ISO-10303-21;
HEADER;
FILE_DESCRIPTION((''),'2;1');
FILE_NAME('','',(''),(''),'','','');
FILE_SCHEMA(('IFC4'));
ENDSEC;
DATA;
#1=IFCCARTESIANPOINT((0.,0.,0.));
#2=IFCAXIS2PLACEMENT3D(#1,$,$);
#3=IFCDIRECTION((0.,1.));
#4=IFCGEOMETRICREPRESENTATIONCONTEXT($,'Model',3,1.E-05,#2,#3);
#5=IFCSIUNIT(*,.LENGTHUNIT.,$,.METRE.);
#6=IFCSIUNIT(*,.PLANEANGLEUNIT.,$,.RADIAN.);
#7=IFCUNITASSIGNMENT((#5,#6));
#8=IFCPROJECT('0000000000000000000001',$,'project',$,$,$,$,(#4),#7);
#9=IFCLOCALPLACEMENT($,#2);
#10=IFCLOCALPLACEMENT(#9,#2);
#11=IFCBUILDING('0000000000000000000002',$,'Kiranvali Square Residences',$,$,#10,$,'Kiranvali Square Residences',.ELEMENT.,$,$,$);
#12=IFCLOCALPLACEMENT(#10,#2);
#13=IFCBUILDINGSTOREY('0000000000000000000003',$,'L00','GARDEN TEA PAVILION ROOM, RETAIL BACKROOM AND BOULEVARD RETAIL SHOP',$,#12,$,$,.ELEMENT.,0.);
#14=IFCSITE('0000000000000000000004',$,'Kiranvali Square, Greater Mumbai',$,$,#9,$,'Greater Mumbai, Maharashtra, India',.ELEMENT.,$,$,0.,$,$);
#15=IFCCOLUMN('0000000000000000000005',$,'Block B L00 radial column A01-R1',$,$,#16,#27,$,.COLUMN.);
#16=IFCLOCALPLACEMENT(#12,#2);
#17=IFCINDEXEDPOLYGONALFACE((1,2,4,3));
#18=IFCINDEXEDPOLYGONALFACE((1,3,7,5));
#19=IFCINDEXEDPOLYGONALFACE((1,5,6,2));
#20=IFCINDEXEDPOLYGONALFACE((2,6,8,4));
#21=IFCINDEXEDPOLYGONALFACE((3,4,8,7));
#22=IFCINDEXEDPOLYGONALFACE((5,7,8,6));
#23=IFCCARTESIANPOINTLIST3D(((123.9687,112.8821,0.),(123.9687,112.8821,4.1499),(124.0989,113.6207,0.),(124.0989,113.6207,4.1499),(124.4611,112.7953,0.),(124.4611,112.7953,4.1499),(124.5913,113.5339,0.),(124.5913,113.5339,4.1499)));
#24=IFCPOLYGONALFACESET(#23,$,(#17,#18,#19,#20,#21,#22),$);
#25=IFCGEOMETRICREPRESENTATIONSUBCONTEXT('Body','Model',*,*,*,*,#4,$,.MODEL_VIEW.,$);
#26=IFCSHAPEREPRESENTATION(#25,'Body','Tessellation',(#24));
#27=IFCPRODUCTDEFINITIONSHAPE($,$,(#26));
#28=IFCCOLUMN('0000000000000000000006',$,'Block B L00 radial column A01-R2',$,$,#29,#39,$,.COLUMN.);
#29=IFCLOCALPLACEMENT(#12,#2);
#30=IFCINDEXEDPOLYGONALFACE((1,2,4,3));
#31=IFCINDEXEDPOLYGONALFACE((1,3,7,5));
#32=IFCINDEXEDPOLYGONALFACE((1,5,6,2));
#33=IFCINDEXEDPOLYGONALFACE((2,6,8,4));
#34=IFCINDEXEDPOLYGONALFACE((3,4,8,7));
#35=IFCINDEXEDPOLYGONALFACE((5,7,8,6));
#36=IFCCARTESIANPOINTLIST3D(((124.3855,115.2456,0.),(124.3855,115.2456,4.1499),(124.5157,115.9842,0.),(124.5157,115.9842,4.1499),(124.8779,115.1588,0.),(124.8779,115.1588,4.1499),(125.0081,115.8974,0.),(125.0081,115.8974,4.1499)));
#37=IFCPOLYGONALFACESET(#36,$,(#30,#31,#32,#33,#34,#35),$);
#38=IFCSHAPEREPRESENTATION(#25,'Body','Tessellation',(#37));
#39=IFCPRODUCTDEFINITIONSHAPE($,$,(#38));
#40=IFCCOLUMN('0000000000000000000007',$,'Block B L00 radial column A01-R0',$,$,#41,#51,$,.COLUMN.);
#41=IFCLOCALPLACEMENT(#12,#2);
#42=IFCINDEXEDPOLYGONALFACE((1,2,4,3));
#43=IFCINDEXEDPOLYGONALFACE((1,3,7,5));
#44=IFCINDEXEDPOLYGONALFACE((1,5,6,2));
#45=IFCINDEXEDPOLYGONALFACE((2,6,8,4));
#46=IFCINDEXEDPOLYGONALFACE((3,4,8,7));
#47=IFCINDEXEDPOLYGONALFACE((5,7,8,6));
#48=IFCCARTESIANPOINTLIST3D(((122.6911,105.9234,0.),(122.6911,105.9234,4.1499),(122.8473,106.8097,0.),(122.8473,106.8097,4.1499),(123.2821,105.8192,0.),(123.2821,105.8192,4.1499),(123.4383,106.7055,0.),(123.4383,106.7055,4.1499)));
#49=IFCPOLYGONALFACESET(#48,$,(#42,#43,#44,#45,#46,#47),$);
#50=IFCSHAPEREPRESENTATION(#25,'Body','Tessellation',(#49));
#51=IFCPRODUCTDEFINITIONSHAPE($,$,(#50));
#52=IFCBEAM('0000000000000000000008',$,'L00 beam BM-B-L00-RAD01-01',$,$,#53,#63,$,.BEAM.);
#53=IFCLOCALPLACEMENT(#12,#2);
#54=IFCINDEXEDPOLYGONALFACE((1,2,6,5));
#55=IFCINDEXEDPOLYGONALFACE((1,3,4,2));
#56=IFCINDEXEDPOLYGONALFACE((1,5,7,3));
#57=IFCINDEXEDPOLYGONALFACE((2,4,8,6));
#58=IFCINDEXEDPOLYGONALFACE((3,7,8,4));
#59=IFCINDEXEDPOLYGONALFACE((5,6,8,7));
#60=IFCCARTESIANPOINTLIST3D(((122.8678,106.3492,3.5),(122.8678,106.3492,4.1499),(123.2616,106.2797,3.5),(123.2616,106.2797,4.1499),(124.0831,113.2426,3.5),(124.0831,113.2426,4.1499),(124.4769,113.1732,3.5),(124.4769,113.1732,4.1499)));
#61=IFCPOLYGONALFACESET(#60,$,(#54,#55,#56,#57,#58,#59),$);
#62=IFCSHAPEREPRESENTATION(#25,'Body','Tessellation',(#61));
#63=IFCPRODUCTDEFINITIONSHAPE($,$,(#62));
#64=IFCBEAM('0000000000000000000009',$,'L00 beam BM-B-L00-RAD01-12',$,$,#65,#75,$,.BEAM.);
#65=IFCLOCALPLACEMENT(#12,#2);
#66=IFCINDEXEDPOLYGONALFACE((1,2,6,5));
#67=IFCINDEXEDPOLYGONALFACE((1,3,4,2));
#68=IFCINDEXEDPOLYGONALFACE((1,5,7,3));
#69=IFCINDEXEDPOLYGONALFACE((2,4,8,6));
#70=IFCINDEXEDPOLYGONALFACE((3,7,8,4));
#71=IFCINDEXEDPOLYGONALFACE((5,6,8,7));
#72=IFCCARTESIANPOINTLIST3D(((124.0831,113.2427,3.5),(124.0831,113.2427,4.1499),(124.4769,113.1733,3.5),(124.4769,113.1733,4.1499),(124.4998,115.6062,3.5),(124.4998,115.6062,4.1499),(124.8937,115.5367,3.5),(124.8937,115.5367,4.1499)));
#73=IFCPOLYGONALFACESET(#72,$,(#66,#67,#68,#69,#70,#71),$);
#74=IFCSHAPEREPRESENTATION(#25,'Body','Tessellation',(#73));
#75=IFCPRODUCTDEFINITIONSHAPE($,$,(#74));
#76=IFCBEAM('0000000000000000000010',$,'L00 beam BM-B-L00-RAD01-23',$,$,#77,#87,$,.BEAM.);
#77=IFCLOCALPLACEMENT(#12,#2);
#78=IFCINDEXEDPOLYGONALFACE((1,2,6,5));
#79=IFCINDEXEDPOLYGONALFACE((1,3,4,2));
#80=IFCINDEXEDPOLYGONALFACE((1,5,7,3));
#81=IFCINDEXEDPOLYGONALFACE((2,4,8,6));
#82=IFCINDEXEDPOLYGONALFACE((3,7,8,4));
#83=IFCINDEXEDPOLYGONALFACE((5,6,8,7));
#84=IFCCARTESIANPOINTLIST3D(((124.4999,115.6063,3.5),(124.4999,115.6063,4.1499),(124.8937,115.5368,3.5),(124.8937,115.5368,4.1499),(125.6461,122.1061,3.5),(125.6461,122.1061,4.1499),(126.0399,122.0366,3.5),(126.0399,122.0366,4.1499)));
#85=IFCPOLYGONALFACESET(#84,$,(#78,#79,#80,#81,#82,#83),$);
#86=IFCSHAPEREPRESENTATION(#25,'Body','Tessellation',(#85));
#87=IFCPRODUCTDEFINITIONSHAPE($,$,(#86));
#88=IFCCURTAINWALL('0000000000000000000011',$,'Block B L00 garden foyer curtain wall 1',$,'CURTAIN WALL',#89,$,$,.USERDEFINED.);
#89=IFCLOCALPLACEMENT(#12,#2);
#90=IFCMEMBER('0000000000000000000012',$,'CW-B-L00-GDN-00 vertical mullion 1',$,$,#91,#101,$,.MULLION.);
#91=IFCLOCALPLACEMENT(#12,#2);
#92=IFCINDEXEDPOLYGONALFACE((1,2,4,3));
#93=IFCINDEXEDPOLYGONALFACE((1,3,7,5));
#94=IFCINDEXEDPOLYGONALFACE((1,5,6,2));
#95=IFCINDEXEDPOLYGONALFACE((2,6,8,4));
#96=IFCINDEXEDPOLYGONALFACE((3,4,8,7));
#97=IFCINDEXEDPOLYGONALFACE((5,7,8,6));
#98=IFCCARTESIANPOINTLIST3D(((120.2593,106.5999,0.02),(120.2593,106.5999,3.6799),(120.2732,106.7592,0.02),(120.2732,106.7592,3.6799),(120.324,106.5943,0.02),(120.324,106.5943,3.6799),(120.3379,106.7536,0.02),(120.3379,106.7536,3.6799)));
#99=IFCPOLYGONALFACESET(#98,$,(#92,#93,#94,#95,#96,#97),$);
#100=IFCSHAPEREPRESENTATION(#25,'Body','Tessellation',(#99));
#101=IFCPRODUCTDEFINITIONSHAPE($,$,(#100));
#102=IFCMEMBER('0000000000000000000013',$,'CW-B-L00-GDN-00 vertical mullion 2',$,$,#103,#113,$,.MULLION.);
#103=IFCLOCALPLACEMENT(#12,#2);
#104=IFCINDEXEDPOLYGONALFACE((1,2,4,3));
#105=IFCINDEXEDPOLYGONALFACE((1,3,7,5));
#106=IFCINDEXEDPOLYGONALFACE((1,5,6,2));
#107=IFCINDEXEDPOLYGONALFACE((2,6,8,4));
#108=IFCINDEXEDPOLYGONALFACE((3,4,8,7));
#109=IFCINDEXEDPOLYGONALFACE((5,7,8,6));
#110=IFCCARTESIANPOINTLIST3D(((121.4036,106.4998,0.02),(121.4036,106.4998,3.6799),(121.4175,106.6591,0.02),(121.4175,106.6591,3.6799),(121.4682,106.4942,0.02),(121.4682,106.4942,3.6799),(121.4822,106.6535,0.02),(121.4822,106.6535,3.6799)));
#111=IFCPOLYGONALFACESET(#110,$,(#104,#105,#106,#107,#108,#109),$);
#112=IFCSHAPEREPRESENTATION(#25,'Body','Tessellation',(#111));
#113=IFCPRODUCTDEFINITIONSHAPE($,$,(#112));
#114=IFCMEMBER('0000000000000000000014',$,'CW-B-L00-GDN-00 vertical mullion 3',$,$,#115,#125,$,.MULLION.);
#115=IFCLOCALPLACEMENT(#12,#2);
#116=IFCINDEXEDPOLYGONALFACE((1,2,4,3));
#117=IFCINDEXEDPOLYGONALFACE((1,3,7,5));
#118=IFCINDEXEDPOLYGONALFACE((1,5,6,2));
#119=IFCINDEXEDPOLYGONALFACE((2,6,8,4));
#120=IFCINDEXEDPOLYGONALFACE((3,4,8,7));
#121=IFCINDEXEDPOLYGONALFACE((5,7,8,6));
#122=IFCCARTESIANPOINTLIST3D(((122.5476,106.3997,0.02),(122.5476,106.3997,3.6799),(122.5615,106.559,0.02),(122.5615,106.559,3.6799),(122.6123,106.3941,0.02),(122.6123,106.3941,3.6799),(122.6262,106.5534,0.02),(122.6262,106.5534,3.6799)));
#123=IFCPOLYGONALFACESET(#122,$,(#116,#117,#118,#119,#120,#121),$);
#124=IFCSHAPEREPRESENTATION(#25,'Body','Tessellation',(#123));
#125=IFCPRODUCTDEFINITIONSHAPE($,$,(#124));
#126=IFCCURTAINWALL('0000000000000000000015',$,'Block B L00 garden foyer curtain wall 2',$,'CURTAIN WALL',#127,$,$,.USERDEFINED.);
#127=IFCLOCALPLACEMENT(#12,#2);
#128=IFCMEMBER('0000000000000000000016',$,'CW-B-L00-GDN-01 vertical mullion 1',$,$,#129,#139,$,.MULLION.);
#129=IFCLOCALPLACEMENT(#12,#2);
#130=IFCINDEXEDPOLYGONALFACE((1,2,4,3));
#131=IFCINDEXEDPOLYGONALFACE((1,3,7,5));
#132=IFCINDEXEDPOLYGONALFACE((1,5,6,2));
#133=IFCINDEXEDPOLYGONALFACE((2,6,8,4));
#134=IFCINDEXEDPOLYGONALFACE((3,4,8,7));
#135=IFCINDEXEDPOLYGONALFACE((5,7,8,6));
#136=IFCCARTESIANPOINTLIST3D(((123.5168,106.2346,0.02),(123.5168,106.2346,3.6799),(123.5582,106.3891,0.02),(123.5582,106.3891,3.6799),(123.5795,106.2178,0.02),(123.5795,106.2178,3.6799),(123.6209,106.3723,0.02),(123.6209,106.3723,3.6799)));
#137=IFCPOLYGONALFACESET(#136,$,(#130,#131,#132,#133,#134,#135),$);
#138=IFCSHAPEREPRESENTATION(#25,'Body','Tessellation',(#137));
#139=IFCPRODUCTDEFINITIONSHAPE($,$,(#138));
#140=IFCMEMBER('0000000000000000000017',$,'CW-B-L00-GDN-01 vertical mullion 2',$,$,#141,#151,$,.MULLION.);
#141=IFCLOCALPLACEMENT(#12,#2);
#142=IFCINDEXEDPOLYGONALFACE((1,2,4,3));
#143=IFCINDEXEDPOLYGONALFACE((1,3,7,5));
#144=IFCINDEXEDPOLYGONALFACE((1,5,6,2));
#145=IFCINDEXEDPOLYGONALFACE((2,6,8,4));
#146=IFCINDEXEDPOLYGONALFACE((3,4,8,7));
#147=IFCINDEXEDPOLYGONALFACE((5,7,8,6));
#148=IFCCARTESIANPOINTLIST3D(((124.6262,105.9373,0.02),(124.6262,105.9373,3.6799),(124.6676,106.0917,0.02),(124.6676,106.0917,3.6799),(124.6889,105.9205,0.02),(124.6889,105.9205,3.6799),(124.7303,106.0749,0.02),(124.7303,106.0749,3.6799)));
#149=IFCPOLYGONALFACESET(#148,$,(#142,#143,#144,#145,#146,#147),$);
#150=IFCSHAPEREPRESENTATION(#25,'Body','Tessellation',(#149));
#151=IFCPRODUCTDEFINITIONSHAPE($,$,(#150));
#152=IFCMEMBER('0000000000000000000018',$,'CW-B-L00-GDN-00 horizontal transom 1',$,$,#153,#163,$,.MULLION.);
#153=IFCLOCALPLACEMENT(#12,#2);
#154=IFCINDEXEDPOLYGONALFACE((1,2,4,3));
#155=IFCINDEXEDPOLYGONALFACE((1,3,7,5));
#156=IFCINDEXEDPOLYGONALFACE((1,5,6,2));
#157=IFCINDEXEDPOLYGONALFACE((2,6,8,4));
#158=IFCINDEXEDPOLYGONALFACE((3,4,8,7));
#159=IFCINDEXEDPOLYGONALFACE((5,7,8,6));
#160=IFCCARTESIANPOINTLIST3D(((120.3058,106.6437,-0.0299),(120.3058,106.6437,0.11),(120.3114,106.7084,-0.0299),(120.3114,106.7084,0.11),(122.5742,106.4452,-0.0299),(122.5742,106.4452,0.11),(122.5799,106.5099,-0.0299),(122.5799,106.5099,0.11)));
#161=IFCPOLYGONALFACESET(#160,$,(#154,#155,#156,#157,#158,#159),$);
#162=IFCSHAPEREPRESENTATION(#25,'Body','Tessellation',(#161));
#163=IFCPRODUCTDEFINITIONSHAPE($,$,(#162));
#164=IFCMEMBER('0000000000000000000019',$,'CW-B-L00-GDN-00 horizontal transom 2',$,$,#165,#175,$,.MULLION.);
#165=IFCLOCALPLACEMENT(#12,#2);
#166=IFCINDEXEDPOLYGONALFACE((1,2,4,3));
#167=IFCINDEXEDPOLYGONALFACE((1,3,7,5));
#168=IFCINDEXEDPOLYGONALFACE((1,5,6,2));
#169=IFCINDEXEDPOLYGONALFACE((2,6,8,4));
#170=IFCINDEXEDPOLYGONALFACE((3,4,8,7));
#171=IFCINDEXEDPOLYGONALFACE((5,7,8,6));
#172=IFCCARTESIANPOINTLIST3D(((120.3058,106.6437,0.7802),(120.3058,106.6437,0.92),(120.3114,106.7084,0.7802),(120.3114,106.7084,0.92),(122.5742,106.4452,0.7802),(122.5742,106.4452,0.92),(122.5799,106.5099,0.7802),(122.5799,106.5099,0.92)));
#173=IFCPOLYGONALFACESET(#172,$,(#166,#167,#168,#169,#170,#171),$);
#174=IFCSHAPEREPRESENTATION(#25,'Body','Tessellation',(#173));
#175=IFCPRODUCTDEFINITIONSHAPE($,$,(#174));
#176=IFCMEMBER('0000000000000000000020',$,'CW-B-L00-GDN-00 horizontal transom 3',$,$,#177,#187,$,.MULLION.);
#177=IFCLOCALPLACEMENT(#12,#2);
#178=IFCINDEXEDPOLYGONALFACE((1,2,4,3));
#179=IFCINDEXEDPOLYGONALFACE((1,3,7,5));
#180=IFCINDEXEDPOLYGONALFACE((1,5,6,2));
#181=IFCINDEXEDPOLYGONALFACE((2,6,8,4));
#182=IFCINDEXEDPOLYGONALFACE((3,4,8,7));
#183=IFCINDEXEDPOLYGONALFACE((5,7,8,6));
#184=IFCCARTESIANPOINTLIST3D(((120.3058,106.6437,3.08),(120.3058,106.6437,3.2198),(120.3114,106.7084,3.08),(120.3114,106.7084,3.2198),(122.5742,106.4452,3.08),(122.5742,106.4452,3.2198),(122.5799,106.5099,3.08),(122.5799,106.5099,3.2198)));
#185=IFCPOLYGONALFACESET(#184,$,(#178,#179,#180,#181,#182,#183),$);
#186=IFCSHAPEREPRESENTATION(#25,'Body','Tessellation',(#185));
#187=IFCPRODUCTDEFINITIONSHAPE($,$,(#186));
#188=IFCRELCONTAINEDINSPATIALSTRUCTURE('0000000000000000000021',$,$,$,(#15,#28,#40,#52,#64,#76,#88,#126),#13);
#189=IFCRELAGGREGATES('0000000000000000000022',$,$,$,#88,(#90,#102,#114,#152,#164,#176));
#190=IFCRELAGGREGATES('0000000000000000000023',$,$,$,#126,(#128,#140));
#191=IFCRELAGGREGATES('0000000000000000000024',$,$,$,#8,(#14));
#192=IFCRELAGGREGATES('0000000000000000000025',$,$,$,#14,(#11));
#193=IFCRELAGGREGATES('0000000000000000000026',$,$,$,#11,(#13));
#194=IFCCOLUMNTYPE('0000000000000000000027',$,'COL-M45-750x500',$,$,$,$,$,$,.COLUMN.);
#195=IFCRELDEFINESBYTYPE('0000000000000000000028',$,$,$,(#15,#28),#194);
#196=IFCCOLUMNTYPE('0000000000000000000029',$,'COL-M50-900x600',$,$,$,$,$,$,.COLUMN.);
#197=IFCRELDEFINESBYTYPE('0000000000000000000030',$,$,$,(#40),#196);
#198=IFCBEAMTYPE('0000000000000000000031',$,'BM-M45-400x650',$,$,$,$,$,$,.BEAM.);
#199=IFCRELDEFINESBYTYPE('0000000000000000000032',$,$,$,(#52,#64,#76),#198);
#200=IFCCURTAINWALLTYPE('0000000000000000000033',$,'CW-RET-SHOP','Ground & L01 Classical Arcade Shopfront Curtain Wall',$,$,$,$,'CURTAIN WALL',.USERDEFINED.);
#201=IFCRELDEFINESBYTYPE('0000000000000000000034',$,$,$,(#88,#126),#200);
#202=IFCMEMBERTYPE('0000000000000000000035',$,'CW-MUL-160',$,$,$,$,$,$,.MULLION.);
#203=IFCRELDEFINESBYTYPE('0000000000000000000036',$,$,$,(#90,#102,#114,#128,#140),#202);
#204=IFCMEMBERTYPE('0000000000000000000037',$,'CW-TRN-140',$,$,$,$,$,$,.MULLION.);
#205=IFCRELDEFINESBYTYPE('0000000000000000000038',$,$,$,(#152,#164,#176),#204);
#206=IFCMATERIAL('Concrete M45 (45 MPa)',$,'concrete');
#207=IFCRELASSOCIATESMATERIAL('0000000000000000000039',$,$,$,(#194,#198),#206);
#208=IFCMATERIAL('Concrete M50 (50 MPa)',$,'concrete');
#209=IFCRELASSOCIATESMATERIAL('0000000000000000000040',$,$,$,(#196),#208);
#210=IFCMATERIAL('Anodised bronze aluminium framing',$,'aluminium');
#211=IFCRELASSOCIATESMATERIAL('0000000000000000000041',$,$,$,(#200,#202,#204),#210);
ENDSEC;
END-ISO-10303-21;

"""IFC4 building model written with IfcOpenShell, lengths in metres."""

from ifc_helpers import new_model, si_unit, direction, frame, origin, origin_2d, place, context, subcontext, project, spatial, rectangle, extrude, material, material_profile, profile_set, type_object, element, aggregate, save


model = new_model("IFC4")

# Units and contexts
model_context = context("Model", 3, precision=1e-05, world=origin(), true_north=direction((0.0, 1.0)))
body_context = subcontext(model_context, "Body", "Model", "MODEL_VIEW")
ifc_project = project(units=[si_unit("LENGTHUNIT", "METRE"), si_unit("PLANEANGLEUNIT", "RADIAN")], contexts=[model_context])

# Site, building, storey
site_placement = place(None, origin())
site = spatial("IfcSite", under=ifc_project, at=site_placement, Name="Kiranvali Square, Greater Mumbai", LongName="Greater Mumbai, Maharashtra, India", CompositionType="ELEMENT", RefElevation=0.0)
building_placement = place(site_placement, origin())
building = spatial("IfcBuilding", under=site, at=building_placement, Name="Kiranvali Square Residences", LongName="Kiranvali Square Residences", CompositionType="ELEMENT")
storey_placement = place(building_placement, origin())
storey = spatial("IfcBuildingStorey", under=building, at=storey_placement, Name="L00", Description="GARDEN TEA PAVILION ROOM, RETAIL BACKROOM AND BOULEVARD RETAIL SHOP", CompositionType="ELEMENT", Elevation=0.0)

# Columns
ifc_material_1 = material(Name="Concrete M45 (45 MPa)", Category="concrete")
ifc_material_profile_1 = material_profile(ifc_material_1, rectangle(XDim=0.5, YDim=0.75, at=origin_2d()), Name="RC 750x500")
ifc_profile_set_1 = profile_set([ifc_material_profile_1], Name="Concrete M45 (45 MPa)")
column_type_1 = type_object("IfcColumnType", Name="COL-M45-750x500", PredefinedType="COLUMN", material=ifc_profile_set_1)
for number, where, z_axis, x_axis, name in (
    (1, (124.28, 113.208, 0.0), (0.0, 0.0, 1.0), (-0.984808, 0.173648, 0.0), "Block B L00 radial column A01-R1"),
    (2, (124.6968, 115.5715, 0.0), (0.0, 0.0, 1.0), (-0.984808, 0.173648, 0.0), "Block B L00 radial column A01-R2"),
):
    element("IfcColumn", number, at=place(storey_placement, frame(where, z_axis=z_axis, x_axis=x_axis)), inside=storey, type_object=column_type_1, Name=name, PredefinedType="COLUMN", context=body_context, shape_type="SweptSolid", body=[
        extrude(rectangle(XDim=0.5, YDim=0.75, at=origin_2d()), origin(), (0.0, 0.0, 1.0), 4.1499),
    ])
ifc_material_2 = material(Name="Concrete M50 (50 MPa)", Category="concrete")
ifc_material_profile_2 = material_profile(ifc_material_2, rectangle(XDim=0.6001, YDim=0.8999, at=origin_2d()), Name="RC 900x600")
ifc_profile_set_2 = profile_set([ifc_material_profile_2], Name="Concrete M50 (50 MPa)")
column_type_2 = type_object("IfcColumnType", Name="COL-M50-900x600", PredefinedType="COLUMN", material=ifc_profile_set_2)
column_placement = place(storey_placement, frame((123.0647, 106.3145, 0.0), z_axis=(0.0, 0.0, 1.0), x_axis=(-0.984808, 0.173648, 0.0)))
element("IfcColumn", 3, at=column_placement, inside=storey, type_object=column_type_2, Name="Block B L00 radial column A01-R0", PredefinedType="COLUMN", context=body_context, shape_type="SweptSolid", body=[
    extrude(rectangle(XDim=0.6001, YDim=0.8999, at=origin_2d()), origin(), (0.0, 0.0, 1.0), 4.1499),
])

# Beams
ifc_material_profile_3 = material_profile(ifc_material_1, rectangle(XDim=0.3999, YDim=0.6499, at=origin_2d()), Name="RC 400x650")
ifc_profile_set_3 = profile_set([ifc_material_profile_3], Name="Concrete M45 (45 MPa)")
beam_type_1 = type_object("IfcBeamType", Name="BM-M45-400x650", PredefinedType="BEAM", material=ifc_profile_set_3)
beam_1_placement = place(storey_placement, frame((123.0647, 106.3145, 3.825), z_axis=(0.173622, 0.984812, 0.0), x_axis=(-0.984812, 0.173622, 0.0)))
element("IfcBeam", 4, at=beam_1_placement, inside=storey, type_object=beam_type_1, Name="L00 beam BM-B-L00-RAD01-01", PredefinedType="BEAM", context=body_context, shape_type="SweptSolid", body=[
    extrude(rectangle(XDim=0.3999, YDim=0.6499, at=origin_2d()), origin(), (0.0, 0.0, 1.0), 6.9998),
])
beam_2_placement = place(storey_placement, frame((124.28, 113.208, 3.825), z_axis=(0.173646, 0.984808, 0.0), x_axis=(-0.984808, 0.173646, 0.0)))
element("IfcBeam", 5, at=beam_2_placement, inside=storey, type_object=beam_type_1, Name="L00 beam BM-B-L00-RAD01-12", PredefinedType="BEAM", context=body_context, shape_type="SweptSolid", body=[
    extrude(rectangle(XDim=0.3999, YDim=0.6499, at=origin_2d()), origin(), (0.0, 0.0, 1.0), 2.3999),
])
beam_3_placement = place(storey_placement, frame((124.6968, 115.5715, 3.825), z_axis=(0.173671, 0.984804, 0.0), x_axis=(-0.984804, 0.173671, 0.0)))
element("IfcBeam", 6, at=beam_3_placement, inside=storey, type_object=beam_type_1, Name="L00 beam BM-B-L00-RAD01-23", PredefinedType="BEAM", context=body_context, shape_type="SweptSolid", body=[
    extrude(rectangle(XDim=0.3999, YDim=0.6499, at=origin_2d()), origin(), (0.0, 0.0, 1.0), 6.6001),
])

# Curtain walls, members
ifc_material_3 = material(Name="Anodised bronze aluminium framing", Category="aluminium")
curtain_wall_type = type_object("IfcCurtainWallType", Name="CW-RET-SHOP", Description="Ground & L01 Classical Arcade Shopfront Curtain Wall", ElementType="CURTAIN WALL", PredefinedType="USERDEFINED", material=ifc_material_3)
curtain_wall_1_placement = place(storey_placement, origin())
curtain_wall_1 = element("IfcCurtainWall", 7, at=curtain_wall_1_placement, inside=storey, type_object=curtain_wall_type, Name="Block B L00 garden foyer curtain wall 1", ObjectType="CURTAIN WALL", PredefinedType="USERDEFINED")
ifc_material_profile_4 = material_profile(ifc_material_3, rectangle(XDim=0.0649, YDim=0.1599, at=origin_2d()), Name="ALU 65x160")
ifc_profile_set_4 = profile_set([ifc_material_profile_4], Name="Anodised bronze aluminium framing")
member_type_1 = type_object("IfcMemberType", Name="CW-MUL-160", PredefinedType="MULLION", material=ifc_profile_set_4)
member_1_placement = place(storey_placement, frame((120.2986, 106.6768, 0.02), z_axis=(0.0, 0.0, 1.0), x_axis=(0.996195, -0.087156, 0.0)))
member_1 = element("IfcMember", 8, at=member_1_placement, type_object=member_type_1, Name="CW-B-L00-GDN-00 vertical mullion 1", PredefinedType="MULLION", context=body_context, shape_type="SweptSolid", body=[
    extrude(rectangle(XDim=0.0649, YDim=0.1599, at=origin_2d()), origin(), (0.0, 0.0, 1.0), 3.6599),
])
member_2_placement = place(storey_placement, frame((121.4429, 106.5767, 0.02), z_axis=(0.0, 0.0, 1.0), x_axis=(0.996195, -0.087156, 0.0)))
member_2 = element("IfcMember", 9, at=member_2_placement, type_object=member_type_1, Name="CW-B-L00-GDN-00 vertical mullion 2", PredefinedType="MULLION", context=body_context, shape_type="SweptSolid", body=[
    extrude(rectangle(XDim=0.0649, YDim=0.1599, at=origin_2d()), origin(), (0.0, 0.0, 1.0), 3.6599),
])
member_3_placement = place(storey_placement, frame((122.5869, 106.4766, 0.02), z_axis=(0.0, 0.0, 1.0), x_axis=(0.996195, -0.087156, 0.0)))
member_3 = element("IfcMember", 10, at=member_3_placement, type_object=member_type_1, Name="CW-B-L00-GDN-00 vertical mullion 3", PredefinedType="MULLION", context=body_context, shape_type="SweptSolid", body=[
    extrude(rectangle(XDim=0.0649, YDim=0.1599, at=origin_2d()), origin(), (0.0, 0.0, 1.0), 3.6599),
])
curtain_wall_2_placement = place(storey_placement, origin())
curtain_wall_2 = element("IfcCurtainWall", 11, at=curtain_wall_2_placement, inside=storey, type_object=curtain_wall_type, Name="Block B L00 garden foyer curtain wall 2", ObjectType="CURTAIN WALL", PredefinedType="USERDEFINED")
member_4_placement = place(storey_placement, frame((123.5688, 106.3035, 0.02), z_axis=(0.0, 0.0, 1.0), x_axis=(0.965926, -0.258819, 0.0)))
member_4 = element("IfcMember", 12, at=member_4_placement, type_object=member_type_1, Name="CW-B-L00-GDN-01 vertical mullion 1", PredefinedType="MULLION", context=body_context, shape_type="SweptSolid", body=[
    extrude(rectangle(XDim=0.0649, YDim=0.1599, at=origin_2d()), origin(), (0.0, 0.0, 1.0), 3.6599),
])
member_5_placement = place(storey_placement, frame((124.6782, 106.0061, 0.02), z_axis=(0.0, 0.0, 1.0), x_axis=(0.965926, -0.258819, 0.0)))
member_5 = element("IfcMember", 13, at=member_5_placement, type_object=member_type_1, Name="CW-B-L00-GDN-01 vertical mullion 2", PredefinedType="MULLION", context=body_context, shape_type="SweptSolid", body=[
    extrude(rectangle(XDim=0.0649, YDim=0.1599, at=origin_2d()), origin(), (0.0, 0.0, 1.0), 3.6599),
])

# Members
ifc_material_profile_5 = material_profile(ifc_material_3, rectangle(XDim=0.0649, YDim=0.1399, at=origin_2d()), Name="ALU 65x140")
ifc_profile_set_5 = profile_set([ifc_material_profile_5], Name="Anodised bronze aluminium framing")
member_type_2 = type_object("IfcMemberType", Name="CW-TRN-140", PredefinedType="MULLION", material=ifc_profile_set_5)
member_6_placement = place(storey_placement, frame((120.3086, 106.676, 0.04), z_axis=(0.996193, -0.087171, 0.0), x_axis=(0.087171, 0.996193, 0.0)))
member_6 = element("IfcMember", 14, at=member_6_placement, type_object=member_type_2, Name="CW-B-L00-GDN-00 horizontal transom 1", PredefinedType="MULLION", context=body_context, shape_type="SweptSolid", body=[
    extrude(rectangle(XDim=0.0649, YDim=0.1399, at=origin_2d()), origin(), (0.0, 0.0, 1.0), 2.2771),
])
member_7_placement = place(storey_placement, frame((120.3086, 106.676, 0.8501), z_axis=(0.996193, -0.087171, 0.0), x_axis=(0.087171, 0.996193, 0.0)))
member_7 = element("IfcMember", 15, at=member_7_placement, type_object=member_type_2, Name="CW-B-L00-GDN-00 horizontal transom 2", PredefinedType="MULLION", context=body_context, shape_type="SweptSolid", body=[
    extrude(rectangle(XDim=0.0649, YDim=0.1399, at=origin_2d()), origin(), (0.0, 0.0, 1.0), 2.2771),
])
member_8_placement = place(storey_placement, frame((120.3086, 106.676, 3.1499), z_axis=(0.996193, -0.087171, 0.0), x_axis=(0.087171, 0.996193, 0.0)))
member_8 = element("IfcMember", 16, at=member_8_placement, type_object=member_type_2, Name="CW-B-L00-GDN-00 horizontal transom 3", PredefinedType="MULLION", context=body_context, shape_type="SweptSolid", body=[
    extrude(rectangle(XDim=0.0649, YDim=0.1399, at=origin_2d()), origin(), (0.0, 0.0, 1.0), 2.2771),
])

aggregate(curtain_wall_1, [member_1, member_2, member_3, member_6, member_7, member_8])
aggregate(curtain_wall_2, [member_4, member_5])

save(model, "model.ifc")
